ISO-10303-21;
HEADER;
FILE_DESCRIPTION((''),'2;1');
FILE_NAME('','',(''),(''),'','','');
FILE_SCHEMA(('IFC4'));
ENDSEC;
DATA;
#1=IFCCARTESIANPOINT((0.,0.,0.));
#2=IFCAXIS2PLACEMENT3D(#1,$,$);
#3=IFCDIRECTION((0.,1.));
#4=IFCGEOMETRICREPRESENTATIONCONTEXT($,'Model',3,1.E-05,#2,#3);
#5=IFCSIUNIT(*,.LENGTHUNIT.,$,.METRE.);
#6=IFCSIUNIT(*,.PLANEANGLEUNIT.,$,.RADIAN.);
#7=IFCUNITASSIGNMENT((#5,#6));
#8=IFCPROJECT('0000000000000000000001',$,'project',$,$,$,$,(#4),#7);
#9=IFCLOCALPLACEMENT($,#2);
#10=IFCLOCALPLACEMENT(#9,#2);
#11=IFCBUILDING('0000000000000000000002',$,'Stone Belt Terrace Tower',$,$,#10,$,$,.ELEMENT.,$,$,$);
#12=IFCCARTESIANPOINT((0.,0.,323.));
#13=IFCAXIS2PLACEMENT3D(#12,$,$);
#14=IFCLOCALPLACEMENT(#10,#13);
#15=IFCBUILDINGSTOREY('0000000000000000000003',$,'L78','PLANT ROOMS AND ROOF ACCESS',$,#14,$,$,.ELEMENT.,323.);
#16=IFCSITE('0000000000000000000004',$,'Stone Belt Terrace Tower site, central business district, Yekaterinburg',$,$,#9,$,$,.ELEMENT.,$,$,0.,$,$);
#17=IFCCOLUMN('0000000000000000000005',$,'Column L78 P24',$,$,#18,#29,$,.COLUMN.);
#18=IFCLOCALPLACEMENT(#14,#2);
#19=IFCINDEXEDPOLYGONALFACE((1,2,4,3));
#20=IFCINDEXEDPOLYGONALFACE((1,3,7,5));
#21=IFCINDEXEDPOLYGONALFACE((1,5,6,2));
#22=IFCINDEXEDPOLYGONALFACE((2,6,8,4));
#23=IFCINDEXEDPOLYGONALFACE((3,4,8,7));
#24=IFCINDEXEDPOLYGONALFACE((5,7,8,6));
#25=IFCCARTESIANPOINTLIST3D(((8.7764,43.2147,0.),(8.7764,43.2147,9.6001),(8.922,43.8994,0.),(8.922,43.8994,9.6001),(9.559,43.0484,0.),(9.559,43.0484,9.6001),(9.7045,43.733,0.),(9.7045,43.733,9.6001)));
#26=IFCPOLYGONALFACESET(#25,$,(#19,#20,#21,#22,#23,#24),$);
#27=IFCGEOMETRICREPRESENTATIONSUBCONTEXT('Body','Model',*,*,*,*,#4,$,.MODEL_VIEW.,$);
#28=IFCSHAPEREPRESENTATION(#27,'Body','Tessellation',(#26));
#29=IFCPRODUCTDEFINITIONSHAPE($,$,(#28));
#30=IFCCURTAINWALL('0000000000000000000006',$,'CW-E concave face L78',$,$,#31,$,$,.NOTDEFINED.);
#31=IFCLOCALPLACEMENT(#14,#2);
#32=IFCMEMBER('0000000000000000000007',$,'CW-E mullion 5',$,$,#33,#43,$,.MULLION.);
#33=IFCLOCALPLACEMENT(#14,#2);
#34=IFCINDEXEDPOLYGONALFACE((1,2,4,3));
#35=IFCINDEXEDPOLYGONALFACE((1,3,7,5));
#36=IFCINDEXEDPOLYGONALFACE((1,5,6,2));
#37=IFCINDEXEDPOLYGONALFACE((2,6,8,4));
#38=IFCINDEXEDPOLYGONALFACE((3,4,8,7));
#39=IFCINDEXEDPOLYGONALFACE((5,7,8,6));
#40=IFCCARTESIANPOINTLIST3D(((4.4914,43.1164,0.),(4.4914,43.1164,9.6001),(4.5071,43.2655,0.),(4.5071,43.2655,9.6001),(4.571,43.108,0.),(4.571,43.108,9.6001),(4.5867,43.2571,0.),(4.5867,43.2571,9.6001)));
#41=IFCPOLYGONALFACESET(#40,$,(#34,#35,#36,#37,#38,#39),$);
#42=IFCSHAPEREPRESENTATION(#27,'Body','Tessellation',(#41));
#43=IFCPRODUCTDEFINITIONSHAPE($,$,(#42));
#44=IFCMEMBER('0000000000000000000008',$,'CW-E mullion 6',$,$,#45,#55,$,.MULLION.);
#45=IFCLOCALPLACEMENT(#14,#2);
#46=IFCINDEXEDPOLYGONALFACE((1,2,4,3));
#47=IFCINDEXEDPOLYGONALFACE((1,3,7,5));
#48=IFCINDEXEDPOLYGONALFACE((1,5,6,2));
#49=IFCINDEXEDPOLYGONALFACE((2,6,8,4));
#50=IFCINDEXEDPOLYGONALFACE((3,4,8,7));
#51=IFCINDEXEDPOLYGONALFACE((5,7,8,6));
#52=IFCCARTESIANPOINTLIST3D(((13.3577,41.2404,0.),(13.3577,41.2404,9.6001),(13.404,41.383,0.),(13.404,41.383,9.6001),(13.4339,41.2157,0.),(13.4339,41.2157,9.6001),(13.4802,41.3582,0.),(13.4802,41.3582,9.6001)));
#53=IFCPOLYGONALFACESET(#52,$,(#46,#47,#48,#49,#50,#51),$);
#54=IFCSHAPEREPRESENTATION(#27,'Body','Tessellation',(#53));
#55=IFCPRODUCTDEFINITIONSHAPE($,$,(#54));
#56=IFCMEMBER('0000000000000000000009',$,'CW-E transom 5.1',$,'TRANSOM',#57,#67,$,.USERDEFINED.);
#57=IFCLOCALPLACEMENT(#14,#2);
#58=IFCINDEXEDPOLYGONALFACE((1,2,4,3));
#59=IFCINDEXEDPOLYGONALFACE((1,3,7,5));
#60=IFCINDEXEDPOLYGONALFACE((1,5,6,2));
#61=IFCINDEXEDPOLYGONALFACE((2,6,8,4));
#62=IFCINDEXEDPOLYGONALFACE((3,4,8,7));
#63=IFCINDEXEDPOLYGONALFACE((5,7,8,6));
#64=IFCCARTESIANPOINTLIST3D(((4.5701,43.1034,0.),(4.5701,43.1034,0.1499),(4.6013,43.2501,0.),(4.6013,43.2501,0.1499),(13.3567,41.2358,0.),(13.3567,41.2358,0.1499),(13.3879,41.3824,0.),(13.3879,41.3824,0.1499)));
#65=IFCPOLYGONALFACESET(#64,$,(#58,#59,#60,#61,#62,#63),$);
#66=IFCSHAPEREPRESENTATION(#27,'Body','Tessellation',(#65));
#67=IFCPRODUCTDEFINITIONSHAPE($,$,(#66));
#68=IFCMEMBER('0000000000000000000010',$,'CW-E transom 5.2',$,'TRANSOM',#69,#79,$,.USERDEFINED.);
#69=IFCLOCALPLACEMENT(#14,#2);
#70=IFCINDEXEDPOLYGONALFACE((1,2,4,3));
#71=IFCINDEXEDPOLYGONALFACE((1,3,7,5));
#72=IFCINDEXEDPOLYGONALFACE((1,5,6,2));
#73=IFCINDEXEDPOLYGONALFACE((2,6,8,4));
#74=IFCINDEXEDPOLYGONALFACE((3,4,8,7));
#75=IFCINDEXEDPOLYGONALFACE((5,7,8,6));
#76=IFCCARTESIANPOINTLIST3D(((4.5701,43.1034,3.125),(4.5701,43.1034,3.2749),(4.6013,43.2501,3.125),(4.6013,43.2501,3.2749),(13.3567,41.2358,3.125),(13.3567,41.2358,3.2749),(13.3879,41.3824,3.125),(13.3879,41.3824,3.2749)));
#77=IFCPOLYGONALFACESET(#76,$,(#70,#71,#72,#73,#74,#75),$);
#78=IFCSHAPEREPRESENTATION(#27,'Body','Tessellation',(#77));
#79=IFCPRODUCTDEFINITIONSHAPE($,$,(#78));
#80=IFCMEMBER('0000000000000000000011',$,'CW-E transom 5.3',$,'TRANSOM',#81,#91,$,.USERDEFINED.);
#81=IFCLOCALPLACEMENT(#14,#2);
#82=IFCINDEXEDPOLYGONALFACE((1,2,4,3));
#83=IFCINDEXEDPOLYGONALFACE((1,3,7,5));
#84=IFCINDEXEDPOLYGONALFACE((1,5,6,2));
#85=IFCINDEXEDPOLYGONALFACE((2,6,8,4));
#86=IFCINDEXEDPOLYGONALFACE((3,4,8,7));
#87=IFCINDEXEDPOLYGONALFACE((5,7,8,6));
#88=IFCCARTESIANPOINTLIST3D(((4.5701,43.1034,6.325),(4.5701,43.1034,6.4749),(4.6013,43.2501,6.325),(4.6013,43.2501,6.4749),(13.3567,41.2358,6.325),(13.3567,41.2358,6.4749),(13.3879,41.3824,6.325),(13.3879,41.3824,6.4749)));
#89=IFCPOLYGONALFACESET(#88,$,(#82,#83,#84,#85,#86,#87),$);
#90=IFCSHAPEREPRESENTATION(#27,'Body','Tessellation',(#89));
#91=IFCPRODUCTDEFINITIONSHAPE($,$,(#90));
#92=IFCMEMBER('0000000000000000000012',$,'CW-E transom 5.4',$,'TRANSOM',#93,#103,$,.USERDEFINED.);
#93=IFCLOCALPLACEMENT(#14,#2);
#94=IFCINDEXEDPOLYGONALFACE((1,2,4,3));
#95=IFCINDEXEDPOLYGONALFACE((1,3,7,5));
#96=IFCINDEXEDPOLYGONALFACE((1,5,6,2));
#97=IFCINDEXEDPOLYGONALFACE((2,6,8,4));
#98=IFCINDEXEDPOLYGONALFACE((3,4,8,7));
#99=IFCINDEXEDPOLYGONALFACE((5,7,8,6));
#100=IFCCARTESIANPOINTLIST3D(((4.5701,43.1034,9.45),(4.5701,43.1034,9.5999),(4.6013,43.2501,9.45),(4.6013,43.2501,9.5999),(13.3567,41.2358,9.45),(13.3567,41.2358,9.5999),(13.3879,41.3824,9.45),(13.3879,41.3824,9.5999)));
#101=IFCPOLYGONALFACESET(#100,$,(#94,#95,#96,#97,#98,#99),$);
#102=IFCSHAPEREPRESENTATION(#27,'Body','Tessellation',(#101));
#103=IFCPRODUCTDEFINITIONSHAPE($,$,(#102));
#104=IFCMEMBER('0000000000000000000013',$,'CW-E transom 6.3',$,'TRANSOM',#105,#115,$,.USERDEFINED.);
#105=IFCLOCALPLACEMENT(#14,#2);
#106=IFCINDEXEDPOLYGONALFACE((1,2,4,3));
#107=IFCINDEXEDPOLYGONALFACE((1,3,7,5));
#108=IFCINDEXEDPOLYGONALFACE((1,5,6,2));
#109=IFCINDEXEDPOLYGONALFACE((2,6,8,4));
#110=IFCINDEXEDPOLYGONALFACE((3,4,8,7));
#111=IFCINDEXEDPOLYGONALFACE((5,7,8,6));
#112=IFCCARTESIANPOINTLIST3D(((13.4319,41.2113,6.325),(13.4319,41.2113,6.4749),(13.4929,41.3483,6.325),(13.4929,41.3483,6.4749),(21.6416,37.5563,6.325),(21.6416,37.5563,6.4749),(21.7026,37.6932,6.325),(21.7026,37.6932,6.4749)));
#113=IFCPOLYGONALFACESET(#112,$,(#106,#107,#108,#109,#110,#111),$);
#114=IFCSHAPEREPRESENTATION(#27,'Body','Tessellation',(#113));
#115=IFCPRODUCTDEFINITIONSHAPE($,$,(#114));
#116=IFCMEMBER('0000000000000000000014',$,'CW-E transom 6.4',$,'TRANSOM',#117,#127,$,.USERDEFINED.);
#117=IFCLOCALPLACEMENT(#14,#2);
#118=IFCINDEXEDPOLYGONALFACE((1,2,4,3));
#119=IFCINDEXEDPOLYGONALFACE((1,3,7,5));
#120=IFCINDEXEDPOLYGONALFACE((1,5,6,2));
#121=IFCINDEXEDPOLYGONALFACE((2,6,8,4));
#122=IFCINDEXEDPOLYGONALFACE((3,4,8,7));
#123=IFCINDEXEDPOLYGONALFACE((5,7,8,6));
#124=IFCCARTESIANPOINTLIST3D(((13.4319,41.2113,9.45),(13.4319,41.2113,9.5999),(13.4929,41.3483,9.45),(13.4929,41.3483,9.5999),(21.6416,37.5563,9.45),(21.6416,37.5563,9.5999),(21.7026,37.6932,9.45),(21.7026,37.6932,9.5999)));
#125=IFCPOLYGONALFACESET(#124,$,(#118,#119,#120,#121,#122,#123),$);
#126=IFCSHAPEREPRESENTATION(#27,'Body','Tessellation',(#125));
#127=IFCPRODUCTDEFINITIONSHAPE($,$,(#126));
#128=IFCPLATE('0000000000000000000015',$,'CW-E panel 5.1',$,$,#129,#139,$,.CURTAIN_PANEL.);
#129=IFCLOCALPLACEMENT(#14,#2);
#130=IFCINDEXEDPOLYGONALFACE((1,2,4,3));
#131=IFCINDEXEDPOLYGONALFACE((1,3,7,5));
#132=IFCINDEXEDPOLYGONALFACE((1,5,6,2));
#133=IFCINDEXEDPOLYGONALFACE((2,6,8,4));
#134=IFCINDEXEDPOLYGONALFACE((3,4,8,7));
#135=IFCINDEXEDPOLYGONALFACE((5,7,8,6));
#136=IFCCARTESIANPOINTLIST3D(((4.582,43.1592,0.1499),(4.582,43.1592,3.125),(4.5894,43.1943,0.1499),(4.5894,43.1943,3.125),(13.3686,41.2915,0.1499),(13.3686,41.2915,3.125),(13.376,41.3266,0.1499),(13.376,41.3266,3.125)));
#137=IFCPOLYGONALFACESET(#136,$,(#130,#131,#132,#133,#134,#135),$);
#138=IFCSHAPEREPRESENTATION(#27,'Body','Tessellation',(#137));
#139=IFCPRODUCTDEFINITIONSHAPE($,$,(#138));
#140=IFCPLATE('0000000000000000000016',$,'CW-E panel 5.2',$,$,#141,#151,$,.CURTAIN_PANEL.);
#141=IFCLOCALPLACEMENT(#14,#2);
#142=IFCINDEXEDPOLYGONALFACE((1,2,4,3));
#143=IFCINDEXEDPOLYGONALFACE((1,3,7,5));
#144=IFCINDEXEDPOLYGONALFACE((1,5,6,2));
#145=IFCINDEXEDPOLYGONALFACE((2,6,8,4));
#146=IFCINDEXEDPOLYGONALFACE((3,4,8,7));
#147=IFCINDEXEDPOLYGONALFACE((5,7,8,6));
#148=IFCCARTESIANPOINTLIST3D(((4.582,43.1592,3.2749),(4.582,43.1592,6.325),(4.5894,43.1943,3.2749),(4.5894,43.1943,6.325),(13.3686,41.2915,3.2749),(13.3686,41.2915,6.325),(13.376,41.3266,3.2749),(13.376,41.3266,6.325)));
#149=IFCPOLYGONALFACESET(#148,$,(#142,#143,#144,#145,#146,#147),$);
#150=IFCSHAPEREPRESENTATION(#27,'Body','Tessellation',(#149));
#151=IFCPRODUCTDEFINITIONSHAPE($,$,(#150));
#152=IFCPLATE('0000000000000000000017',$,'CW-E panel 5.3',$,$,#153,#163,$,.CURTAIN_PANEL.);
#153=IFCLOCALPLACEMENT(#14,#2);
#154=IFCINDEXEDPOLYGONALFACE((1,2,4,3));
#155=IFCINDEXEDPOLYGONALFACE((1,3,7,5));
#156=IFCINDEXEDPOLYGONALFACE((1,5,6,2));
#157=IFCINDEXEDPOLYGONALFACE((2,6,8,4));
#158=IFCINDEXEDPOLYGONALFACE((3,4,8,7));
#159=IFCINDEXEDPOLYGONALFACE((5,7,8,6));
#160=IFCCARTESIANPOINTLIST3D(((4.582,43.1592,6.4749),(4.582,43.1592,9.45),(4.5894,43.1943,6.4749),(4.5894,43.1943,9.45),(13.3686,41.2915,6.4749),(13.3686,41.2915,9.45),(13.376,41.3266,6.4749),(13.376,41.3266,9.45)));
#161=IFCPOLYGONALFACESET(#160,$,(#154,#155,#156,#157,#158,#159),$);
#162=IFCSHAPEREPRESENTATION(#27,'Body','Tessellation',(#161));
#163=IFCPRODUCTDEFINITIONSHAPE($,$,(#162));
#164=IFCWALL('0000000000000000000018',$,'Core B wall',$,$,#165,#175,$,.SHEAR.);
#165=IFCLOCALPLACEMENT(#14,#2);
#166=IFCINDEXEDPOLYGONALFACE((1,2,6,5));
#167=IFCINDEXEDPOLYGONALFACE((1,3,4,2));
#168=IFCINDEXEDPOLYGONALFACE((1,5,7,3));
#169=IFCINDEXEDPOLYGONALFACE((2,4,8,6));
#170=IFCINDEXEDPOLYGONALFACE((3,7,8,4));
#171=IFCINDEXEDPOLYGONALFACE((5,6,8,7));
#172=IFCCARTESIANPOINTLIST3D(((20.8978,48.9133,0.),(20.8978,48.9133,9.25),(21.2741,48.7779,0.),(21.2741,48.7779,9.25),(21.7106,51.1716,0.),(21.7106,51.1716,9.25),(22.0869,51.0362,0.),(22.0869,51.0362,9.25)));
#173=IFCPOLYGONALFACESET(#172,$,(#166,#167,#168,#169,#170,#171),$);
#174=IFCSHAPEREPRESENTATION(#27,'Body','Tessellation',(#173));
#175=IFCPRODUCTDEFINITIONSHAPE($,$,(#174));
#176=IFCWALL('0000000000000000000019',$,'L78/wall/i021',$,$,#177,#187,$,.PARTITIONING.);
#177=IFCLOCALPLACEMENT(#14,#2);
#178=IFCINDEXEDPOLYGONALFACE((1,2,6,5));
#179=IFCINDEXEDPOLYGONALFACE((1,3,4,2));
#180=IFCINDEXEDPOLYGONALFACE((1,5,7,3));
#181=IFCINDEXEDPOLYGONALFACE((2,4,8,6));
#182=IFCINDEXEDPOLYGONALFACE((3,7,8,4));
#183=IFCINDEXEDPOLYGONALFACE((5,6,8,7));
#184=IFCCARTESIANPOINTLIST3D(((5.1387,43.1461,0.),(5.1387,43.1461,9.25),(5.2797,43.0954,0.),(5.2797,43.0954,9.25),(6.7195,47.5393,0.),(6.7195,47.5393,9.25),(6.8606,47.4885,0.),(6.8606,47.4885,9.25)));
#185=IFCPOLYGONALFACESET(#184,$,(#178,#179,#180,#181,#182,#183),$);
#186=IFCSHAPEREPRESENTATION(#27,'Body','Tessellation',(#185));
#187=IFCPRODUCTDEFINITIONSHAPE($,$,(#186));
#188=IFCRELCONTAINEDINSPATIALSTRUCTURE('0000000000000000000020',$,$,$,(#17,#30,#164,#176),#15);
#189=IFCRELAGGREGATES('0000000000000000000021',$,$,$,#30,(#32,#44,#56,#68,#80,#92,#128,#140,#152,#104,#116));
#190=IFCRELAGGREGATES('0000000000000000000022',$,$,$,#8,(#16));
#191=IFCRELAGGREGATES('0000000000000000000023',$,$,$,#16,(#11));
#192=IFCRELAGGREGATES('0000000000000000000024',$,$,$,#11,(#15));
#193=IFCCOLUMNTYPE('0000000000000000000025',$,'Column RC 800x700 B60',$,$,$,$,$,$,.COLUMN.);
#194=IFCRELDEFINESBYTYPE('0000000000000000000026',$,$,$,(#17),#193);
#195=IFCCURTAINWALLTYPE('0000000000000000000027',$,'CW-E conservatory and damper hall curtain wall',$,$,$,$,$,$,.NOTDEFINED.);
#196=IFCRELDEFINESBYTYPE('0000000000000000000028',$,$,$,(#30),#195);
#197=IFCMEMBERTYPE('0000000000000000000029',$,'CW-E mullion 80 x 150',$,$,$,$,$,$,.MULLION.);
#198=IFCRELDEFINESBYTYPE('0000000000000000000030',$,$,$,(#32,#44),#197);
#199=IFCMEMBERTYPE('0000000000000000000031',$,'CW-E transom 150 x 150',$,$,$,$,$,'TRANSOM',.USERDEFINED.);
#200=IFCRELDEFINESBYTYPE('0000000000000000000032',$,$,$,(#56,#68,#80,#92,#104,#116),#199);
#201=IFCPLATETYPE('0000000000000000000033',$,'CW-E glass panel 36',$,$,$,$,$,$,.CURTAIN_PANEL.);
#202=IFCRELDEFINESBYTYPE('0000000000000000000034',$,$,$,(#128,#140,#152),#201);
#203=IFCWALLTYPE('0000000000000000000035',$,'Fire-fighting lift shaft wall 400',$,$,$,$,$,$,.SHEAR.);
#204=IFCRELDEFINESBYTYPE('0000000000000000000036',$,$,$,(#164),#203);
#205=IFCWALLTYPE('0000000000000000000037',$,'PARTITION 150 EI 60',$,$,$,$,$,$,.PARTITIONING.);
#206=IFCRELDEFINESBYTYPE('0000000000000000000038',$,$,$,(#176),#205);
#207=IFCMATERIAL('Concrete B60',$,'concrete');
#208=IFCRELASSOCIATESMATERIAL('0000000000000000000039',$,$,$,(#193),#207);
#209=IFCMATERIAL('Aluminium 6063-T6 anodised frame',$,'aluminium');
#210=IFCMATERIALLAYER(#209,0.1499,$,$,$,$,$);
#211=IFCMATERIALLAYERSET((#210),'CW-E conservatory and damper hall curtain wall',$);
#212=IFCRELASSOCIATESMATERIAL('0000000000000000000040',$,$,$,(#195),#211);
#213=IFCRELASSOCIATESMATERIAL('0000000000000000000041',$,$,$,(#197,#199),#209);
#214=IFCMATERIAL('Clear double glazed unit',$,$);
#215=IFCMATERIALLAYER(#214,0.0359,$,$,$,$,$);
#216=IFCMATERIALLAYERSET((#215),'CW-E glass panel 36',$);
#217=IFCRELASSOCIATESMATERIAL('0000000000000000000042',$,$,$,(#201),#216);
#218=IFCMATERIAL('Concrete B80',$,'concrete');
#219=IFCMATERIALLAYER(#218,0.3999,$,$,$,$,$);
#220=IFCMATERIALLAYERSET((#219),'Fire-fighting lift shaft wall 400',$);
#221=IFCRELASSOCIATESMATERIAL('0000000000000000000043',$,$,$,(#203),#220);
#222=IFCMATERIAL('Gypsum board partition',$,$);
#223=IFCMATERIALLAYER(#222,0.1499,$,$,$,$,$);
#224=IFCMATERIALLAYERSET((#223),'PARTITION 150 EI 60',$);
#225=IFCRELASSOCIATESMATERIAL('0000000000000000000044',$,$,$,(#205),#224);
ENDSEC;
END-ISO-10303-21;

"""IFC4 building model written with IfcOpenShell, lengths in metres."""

from ifc_helpers import new_model, si_unit, direction, frame, frame_2d, origin, origin_2d, place, context, subcontext, project, spatial, rectangle, extrude, material, layer, layer_set, material_profile, profile_set, type_object, element, aggregate, save


model = new_model("IFC4")

# Units and contexts
model_context = context("Model", 3, precision=1e-05, world=origin(), true_north=direction((0.0, 1.0)))
body_context = subcontext(model_context, "Body", "Model", "MODEL_VIEW")
ifc_project = project(units=[si_unit("LENGTHUNIT", "METRE"), si_unit("PLANEANGLEUNIT", "RADIAN")], contexts=[model_context])

# Site, building, storey
site_placement = place(None, origin())
site = spatial("IfcSite", under=ifc_project, at=site_placement, Name="Stone Belt Terrace Tower site, central business district, Yekaterinburg", CompositionType="ELEMENT", RefElevation=0.0)
building_placement = place(site_placement, origin())
building = spatial("IfcBuilding", under=site, at=building_placement, Name="Stone Belt Terrace Tower", CompositionType="ELEMENT")
storey_placement = place(building_placement, frame((0.0, 0.0, 323.0)))
storey = spatial("IfcBuildingStorey", under=building, at=storey_placement, Name="L78", Description="PLANT ROOMS AND ROOF ACCESS", CompositionType="ELEMENT", Elevation=323.0)

# Column
ifc_material_1 = material(Name="Concrete B60", Category="concrete")
ifc_material_profile_1 = material_profile(ifc_material_1, rectangle(XDim=0.8, YDim=0.7, at=origin_2d()), Name="RC 800x700")
ifc_profile_set_1 = profile_set([ifc_material_profile_1], Name="Concrete B60")
column_type = type_object("IfcColumnType", Name="Column RC 800x700 B60", PredefinedType="COLUMN", material=ifc_profile_set_1)
column_placement = place(storey_placement, frame((9.2405, 43.4739, 0.0), z_axis=(0.0, 0.0, 1.0), x_axis=(0.978148, -0.207912, 0.0)))
element("IfcColumn", 1, at=column_placement, inside=storey, type_object=column_type, Name="Column L78 P24", PredefinedType="COLUMN", context=body_context, shape_type="SweptSolid", body=[
    extrude(rectangle(XDim=0.8, YDim=0.7, at=origin_2d()), origin(), (0.0, 0.0, 1.0), 9.6001),
])

# Curtain wall, members, plates
ifc_material_2 = material(Name="Aluminium 6063-T6 anodised frame", Category="aluminium")
ifc_layer_1 = layer(ifc_material_2, 0.1499)
ifc_layer_set_1 = layer_set([ifc_layer_1], Name="CW-E conservatory and damper hall curtain wall")
curtain_wall_type = type_object("IfcCurtainWallType", Name="CW-E conservatory and damper hall curtain wall", PredefinedType="NOTDEFINED", material=ifc_layer_set_1)
curtain_wall_placement = place(storey_placement, origin())
curtain_wall = element("IfcCurtainWall", 2, at=curtain_wall_placement, inside=storey, type_object=curtain_wall_type, Name="CW-E concave face L78", PredefinedType="NOTDEFINED")
ifc_material_profile_2 = material_profile(ifc_material_2, rectangle(XDim=0.1499, YDim=0.0801, at=origin_2d()), Name="Aluminium 6063-T6 80x150")
ifc_profile_set_2 = profile_set([ifc_material_profile_2], Name="Aluminium 6063-T6 anodised frame")
member_type_1 = type_object("IfcMemberType", Name="CW-E mullion 80 x 150", PredefinedType="MULLION", material=ifc_profile_set_2)
member_1_placement = place(storey_placement, frame((4.5391, 43.1868, 0.0), z_axis=(0.0, 0.0, 1.0), x_axis=(0.104528, 0.994522, 0.0)))
member_1 = element("IfcMember", 3, at=member_1_placement, type_object=member_type_1, Name="CW-E mullion 5", PredefinedType="MULLION", context=body_context, shape_type="SweptSolid", body=[
    extrude(rectangle(XDim=0.1499, YDim=0.0801, at=origin_2d()), origin(), (0.0, 0.0, 1.0), 9.6001),
])
member_2_placement = place(storey_placement, frame((13.4189, 41.2993, 0.0), z_axis=(0.0, 0.0, 1.0), x_axis=(0.309017, 0.951057, 0.0)))
member_2 = element("IfcMember", 4, at=member_2_placement, type_object=member_type_1, Name="CW-E mullion 6", PredefinedType="MULLION", context=body_context, shape_type="SweptSolid", body=[
    extrude(rectangle(XDim=0.1499, YDim=0.0801, at=origin_2d()), origin(), (0.0, 0.0, 1.0), 9.6001),
])
ifc_material_profile_3 = material_profile(ifc_material_2, rectangle(XDim=0.1499, YDim=0.1499, at=origin_2d()), Name="Aluminium 6063-T6 150x150")
ifc_profile_set_3 = profile_set([ifc_material_profile_3], Name="Aluminium 6063-T6 anodised frame")
member_type_2 = type_object("IfcMemberType", Name="CW-E transom 150 x 150", ElementType="TRANSOM", PredefinedType="USERDEFINED", material=ifc_profile_set_3)
member_3_placement = place(storey_placement, frame((4.5857, 43.1768, 0.075), z_axis=(0.978147, -0.207914, 0.0), x_axis=(0.207914, 0.978147, 0.0)))
member_3 = element("IfcMember", 5, at=member_3_placement, type_object=member_type_2, Name="CW-E transom 5.1", ObjectType="TRANSOM", PredefinedType="USERDEFINED", context=body_context, shape_type="SweptSolid", body=[
    extrude(rectangle(XDim=0.1499, YDim=0.1499, at=origin_2d()), origin(), (0.0, 0.0, 1.0), 8.9829),
])
member_4_placement = place(storey_placement, frame((4.5857, 43.1768, 3.2), z_axis=(0.978147, -0.207914, 0.0), x_axis=(0.207914, 0.978147, 0.0)))
member_4 = element("IfcMember", 6, at=member_4_placement, type_object=member_type_2, Name="CW-E transom 5.2", ObjectType="TRANSOM", PredefinedType="USERDEFINED", context=body_context, shape_type="SweptSolid", body=[
    extrude(rectangle(XDim=0.1499, YDim=0.1499, at=origin_2d()), origin(), (0.0, 0.0, 1.0), 8.9829),
])
member_5_placement = place(storey_placement, frame((4.5857, 43.1768, 6.3999), z_axis=(0.978147, -0.207914, 0.0), x_axis=(0.207914, 0.978147, 0.0)))
member_5 = element("IfcMember", 7, at=member_5_placement, type_object=member_type_2, Name="CW-E transom 5.3", ObjectType="TRANSOM", PredefinedType="USERDEFINED", context=body_context, shape_type="SweptSolid", body=[
    extrude(rectangle(XDim=0.1499, YDim=0.1499, at=origin_2d()), origin(), (0.0, 0.0, 1.0), 8.9829),
])
member_6_placement = place(storey_placement, frame((4.5857, 43.1768, 9.5249), z_axis=(0.978147, -0.207914, 0.0), x_axis=(0.207914, 0.978147, 0.0)))
member_6 = element("IfcMember", 8, at=member_6_placement, type_object=member_type_2, Name="CW-E transom 5.4", ObjectType="TRANSOM", PredefinedType="USERDEFINED", context=body_context, shape_type="SweptSolid", body=[
    extrude(rectangle(XDim=0.1499, YDim=0.1499, at=origin_2d()), origin(), (0.0, 0.0, 1.0), 8.9829),
])
member_7_placement = place(storey_placement, frame((13.4624, 41.2798, 6.3999), z_axis=(0.913553, -0.406721, 0.0), x_axis=(0.406721, 0.913553, 0.0)))
member_7 = element("IfcMember", 9, at=member_7_placement, type_object=member_type_2, Name="CW-E transom 6.3", ObjectType="TRANSOM", PredefinedType="USERDEFINED", context=body_context, shape_type="SweptSolid", body=[
    extrude(rectangle(XDim=0.1499, YDim=0.1499, at=origin_2d()), origin(), (0.0, 0.0, 1.0), 8.9866),
])
member_8_placement = place(storey_placement, frame((13.4624, 41.2798, 9.5249), z_axis=(0.913553, -0.406721, 0.0), x_axis=(0.406721, 0.913553, 0.0)))
member_8 = element("IfcMember", 10, at=member_8_placement, type_object=member_type_2, Name="CW-E transom 6.4", ObjectType="TRANSOM", PredefinedType="USERDEFINED", context=body_context, shape_type="SweptSolid", body=[
    extrude(rectangle(XDim=0.1499, YDim=0.1499, at=origin_2d()), origin(), (0.0, 0.0, 1.0), 8.9866),
])
ifc_material_3 = material(Name="Clear double glazed unit")
ifc_layer_2 = layer(ifc_material_3, 0.0359)
ifc_layer_set_2 = layer_set([ifc_layer_2], Name="CW-E glass panel 36")
plate_type = type_object("IfcPlateType", Name="CW-E glass panel 36", PredefinedType="CURTAIN_PANEL", material=ifc_layer_set_2)
plate_1_placement = place(storey_placement, frame((8.979, 42.2429, 0.1499), z_axis=(0.0, 0.0, 1.0), x_axis=(0.978148, -0.207912, 0.0)))
plate_1 = element("IfcPlate", 11, at=plate_1_placement, type_object=plate_type, Name="CW-E panel 5.1", PredefinedType="CURTAIN_PANEL", context=body_context, shape_type="SweptSolid", body=[
    extrude(rectangle(XDim=8.9829, YDim=0.0359, at=origin_2d()), origin(), (0.0, 0.0, 1.0), 2.9751),
])
plate_2_placement = place(storey_placement, frame((8.979, 42.2429, 3.2749), z_axis=(0.0, 0.0, 1.0), x_axis=(0.978148, -0.207912, 0.0)))
plate_2 = element("IfcPlate", 12, at=plate_2_placement, type_object=plate_type, Name="CW-E panel 5.2", PredefinedType="CURTAIN_PANEL", context=body_context, shape_type="SweptSolid", body=[
    extrude(rectangle(XDim=8.9829, YDim=0.0359, at=origin_2d()), origin(), (0.0, 0.0, 1.0), 3.05),
])
plate_3_placement = place(storey_placement, frame((8.979, 42.2429, 6.4749), z_axis=(0.0, 0.0, 1.0), x_axis=(0.978148, -0.207912, 0.0)))
plate_3 = element("IfcPlate", 13, at=plate_3_placement, type_object=plate_type, Name="CW-E panel 5.3", PredefinedType="CURTAIN_PANEL", context=body_context, shape_type="SweptSolid", body=[
    extrude(rectangle(XDim=8.9829, YDim=0.0359, at=origin_2d()), origin(), (0.0, 0.0, 1.0), 2.9751),
])
aggregate(curtain_wall, [member_1, member_2, member_3, member_4, member_5, member_6, plate_1, plate_2, plate_3, member_7, member_8])

# Walls
ifc_material_4 = material(Name="Concrete B80", Category="concrete")
ifc_layer_3 = layer(ifc_material_4, 0.3999)
ifc_layer_set_3 = layer_set([ifc_layer_3], Name="Fire-fighting lift shaft wall 400")
wall_type_1 = type_object("IfcWallType", Name="Fire-fighting lift shaft wall 400", PredefinedType="SHEAR", material=ifc_layer_set_3)
wall_1_placement = place(storey_placement, frame((21.0859, 48.8455, 0.0), z_axis=(0.0, 0.0, 1.0), x_axis=(0.338629, 0.94092, 0.0)))
element("IfcWall", 14, at=wall_1_placement, inside=storey, type_object=wall_type_1, Name="Core B wall", PredefinedType="SHEAR", context=body_context, shape_type="SweptSolid", body=[
    extrude(rectangle(XDim=2.4001, YDim=0.3999, at=frame_2d((1.2002, 0.0))), origin(), (0.0, 0.0, 1.0), 9.25),
])
ifc_material_5 = material(Name="Gypsum board partition")
ifc_layer_4 = layer(ifc_material_5, 0.1499)
ifc_layer_set_4 = layer_set([ifc_layer_4], Name="PARTITION 150 EI 60")
wall_type_2 = type_object("IfcWallType", Name="PARTITION 150 EI 60", PredefinedType="PARTITIONING", material=ifc_layer_set_4)
wall_2_placement = place(storey_placement, frame((6.79, 47.5139, 0.0), z_axis=(0.0, 0.0, 1.0), x_axis=(-0.338588, -0.940935, 0.0)))
element("IfcWall", 15, at=wall_2_placement, inside=storey, type_object=wall_type_2, Name="L78/wall/i021", PredefinedType="PARTITIONING", context=body_context, shape_type="SweptSolid", body=[
    extrude(rectangle(XDim=4.6689, YDim=0.1499, at=frame_2d((2.3345, 0.0))), origin(), (0.0, 0.0, 1.0), 9.25),
])

save(model, "model.ifc")
